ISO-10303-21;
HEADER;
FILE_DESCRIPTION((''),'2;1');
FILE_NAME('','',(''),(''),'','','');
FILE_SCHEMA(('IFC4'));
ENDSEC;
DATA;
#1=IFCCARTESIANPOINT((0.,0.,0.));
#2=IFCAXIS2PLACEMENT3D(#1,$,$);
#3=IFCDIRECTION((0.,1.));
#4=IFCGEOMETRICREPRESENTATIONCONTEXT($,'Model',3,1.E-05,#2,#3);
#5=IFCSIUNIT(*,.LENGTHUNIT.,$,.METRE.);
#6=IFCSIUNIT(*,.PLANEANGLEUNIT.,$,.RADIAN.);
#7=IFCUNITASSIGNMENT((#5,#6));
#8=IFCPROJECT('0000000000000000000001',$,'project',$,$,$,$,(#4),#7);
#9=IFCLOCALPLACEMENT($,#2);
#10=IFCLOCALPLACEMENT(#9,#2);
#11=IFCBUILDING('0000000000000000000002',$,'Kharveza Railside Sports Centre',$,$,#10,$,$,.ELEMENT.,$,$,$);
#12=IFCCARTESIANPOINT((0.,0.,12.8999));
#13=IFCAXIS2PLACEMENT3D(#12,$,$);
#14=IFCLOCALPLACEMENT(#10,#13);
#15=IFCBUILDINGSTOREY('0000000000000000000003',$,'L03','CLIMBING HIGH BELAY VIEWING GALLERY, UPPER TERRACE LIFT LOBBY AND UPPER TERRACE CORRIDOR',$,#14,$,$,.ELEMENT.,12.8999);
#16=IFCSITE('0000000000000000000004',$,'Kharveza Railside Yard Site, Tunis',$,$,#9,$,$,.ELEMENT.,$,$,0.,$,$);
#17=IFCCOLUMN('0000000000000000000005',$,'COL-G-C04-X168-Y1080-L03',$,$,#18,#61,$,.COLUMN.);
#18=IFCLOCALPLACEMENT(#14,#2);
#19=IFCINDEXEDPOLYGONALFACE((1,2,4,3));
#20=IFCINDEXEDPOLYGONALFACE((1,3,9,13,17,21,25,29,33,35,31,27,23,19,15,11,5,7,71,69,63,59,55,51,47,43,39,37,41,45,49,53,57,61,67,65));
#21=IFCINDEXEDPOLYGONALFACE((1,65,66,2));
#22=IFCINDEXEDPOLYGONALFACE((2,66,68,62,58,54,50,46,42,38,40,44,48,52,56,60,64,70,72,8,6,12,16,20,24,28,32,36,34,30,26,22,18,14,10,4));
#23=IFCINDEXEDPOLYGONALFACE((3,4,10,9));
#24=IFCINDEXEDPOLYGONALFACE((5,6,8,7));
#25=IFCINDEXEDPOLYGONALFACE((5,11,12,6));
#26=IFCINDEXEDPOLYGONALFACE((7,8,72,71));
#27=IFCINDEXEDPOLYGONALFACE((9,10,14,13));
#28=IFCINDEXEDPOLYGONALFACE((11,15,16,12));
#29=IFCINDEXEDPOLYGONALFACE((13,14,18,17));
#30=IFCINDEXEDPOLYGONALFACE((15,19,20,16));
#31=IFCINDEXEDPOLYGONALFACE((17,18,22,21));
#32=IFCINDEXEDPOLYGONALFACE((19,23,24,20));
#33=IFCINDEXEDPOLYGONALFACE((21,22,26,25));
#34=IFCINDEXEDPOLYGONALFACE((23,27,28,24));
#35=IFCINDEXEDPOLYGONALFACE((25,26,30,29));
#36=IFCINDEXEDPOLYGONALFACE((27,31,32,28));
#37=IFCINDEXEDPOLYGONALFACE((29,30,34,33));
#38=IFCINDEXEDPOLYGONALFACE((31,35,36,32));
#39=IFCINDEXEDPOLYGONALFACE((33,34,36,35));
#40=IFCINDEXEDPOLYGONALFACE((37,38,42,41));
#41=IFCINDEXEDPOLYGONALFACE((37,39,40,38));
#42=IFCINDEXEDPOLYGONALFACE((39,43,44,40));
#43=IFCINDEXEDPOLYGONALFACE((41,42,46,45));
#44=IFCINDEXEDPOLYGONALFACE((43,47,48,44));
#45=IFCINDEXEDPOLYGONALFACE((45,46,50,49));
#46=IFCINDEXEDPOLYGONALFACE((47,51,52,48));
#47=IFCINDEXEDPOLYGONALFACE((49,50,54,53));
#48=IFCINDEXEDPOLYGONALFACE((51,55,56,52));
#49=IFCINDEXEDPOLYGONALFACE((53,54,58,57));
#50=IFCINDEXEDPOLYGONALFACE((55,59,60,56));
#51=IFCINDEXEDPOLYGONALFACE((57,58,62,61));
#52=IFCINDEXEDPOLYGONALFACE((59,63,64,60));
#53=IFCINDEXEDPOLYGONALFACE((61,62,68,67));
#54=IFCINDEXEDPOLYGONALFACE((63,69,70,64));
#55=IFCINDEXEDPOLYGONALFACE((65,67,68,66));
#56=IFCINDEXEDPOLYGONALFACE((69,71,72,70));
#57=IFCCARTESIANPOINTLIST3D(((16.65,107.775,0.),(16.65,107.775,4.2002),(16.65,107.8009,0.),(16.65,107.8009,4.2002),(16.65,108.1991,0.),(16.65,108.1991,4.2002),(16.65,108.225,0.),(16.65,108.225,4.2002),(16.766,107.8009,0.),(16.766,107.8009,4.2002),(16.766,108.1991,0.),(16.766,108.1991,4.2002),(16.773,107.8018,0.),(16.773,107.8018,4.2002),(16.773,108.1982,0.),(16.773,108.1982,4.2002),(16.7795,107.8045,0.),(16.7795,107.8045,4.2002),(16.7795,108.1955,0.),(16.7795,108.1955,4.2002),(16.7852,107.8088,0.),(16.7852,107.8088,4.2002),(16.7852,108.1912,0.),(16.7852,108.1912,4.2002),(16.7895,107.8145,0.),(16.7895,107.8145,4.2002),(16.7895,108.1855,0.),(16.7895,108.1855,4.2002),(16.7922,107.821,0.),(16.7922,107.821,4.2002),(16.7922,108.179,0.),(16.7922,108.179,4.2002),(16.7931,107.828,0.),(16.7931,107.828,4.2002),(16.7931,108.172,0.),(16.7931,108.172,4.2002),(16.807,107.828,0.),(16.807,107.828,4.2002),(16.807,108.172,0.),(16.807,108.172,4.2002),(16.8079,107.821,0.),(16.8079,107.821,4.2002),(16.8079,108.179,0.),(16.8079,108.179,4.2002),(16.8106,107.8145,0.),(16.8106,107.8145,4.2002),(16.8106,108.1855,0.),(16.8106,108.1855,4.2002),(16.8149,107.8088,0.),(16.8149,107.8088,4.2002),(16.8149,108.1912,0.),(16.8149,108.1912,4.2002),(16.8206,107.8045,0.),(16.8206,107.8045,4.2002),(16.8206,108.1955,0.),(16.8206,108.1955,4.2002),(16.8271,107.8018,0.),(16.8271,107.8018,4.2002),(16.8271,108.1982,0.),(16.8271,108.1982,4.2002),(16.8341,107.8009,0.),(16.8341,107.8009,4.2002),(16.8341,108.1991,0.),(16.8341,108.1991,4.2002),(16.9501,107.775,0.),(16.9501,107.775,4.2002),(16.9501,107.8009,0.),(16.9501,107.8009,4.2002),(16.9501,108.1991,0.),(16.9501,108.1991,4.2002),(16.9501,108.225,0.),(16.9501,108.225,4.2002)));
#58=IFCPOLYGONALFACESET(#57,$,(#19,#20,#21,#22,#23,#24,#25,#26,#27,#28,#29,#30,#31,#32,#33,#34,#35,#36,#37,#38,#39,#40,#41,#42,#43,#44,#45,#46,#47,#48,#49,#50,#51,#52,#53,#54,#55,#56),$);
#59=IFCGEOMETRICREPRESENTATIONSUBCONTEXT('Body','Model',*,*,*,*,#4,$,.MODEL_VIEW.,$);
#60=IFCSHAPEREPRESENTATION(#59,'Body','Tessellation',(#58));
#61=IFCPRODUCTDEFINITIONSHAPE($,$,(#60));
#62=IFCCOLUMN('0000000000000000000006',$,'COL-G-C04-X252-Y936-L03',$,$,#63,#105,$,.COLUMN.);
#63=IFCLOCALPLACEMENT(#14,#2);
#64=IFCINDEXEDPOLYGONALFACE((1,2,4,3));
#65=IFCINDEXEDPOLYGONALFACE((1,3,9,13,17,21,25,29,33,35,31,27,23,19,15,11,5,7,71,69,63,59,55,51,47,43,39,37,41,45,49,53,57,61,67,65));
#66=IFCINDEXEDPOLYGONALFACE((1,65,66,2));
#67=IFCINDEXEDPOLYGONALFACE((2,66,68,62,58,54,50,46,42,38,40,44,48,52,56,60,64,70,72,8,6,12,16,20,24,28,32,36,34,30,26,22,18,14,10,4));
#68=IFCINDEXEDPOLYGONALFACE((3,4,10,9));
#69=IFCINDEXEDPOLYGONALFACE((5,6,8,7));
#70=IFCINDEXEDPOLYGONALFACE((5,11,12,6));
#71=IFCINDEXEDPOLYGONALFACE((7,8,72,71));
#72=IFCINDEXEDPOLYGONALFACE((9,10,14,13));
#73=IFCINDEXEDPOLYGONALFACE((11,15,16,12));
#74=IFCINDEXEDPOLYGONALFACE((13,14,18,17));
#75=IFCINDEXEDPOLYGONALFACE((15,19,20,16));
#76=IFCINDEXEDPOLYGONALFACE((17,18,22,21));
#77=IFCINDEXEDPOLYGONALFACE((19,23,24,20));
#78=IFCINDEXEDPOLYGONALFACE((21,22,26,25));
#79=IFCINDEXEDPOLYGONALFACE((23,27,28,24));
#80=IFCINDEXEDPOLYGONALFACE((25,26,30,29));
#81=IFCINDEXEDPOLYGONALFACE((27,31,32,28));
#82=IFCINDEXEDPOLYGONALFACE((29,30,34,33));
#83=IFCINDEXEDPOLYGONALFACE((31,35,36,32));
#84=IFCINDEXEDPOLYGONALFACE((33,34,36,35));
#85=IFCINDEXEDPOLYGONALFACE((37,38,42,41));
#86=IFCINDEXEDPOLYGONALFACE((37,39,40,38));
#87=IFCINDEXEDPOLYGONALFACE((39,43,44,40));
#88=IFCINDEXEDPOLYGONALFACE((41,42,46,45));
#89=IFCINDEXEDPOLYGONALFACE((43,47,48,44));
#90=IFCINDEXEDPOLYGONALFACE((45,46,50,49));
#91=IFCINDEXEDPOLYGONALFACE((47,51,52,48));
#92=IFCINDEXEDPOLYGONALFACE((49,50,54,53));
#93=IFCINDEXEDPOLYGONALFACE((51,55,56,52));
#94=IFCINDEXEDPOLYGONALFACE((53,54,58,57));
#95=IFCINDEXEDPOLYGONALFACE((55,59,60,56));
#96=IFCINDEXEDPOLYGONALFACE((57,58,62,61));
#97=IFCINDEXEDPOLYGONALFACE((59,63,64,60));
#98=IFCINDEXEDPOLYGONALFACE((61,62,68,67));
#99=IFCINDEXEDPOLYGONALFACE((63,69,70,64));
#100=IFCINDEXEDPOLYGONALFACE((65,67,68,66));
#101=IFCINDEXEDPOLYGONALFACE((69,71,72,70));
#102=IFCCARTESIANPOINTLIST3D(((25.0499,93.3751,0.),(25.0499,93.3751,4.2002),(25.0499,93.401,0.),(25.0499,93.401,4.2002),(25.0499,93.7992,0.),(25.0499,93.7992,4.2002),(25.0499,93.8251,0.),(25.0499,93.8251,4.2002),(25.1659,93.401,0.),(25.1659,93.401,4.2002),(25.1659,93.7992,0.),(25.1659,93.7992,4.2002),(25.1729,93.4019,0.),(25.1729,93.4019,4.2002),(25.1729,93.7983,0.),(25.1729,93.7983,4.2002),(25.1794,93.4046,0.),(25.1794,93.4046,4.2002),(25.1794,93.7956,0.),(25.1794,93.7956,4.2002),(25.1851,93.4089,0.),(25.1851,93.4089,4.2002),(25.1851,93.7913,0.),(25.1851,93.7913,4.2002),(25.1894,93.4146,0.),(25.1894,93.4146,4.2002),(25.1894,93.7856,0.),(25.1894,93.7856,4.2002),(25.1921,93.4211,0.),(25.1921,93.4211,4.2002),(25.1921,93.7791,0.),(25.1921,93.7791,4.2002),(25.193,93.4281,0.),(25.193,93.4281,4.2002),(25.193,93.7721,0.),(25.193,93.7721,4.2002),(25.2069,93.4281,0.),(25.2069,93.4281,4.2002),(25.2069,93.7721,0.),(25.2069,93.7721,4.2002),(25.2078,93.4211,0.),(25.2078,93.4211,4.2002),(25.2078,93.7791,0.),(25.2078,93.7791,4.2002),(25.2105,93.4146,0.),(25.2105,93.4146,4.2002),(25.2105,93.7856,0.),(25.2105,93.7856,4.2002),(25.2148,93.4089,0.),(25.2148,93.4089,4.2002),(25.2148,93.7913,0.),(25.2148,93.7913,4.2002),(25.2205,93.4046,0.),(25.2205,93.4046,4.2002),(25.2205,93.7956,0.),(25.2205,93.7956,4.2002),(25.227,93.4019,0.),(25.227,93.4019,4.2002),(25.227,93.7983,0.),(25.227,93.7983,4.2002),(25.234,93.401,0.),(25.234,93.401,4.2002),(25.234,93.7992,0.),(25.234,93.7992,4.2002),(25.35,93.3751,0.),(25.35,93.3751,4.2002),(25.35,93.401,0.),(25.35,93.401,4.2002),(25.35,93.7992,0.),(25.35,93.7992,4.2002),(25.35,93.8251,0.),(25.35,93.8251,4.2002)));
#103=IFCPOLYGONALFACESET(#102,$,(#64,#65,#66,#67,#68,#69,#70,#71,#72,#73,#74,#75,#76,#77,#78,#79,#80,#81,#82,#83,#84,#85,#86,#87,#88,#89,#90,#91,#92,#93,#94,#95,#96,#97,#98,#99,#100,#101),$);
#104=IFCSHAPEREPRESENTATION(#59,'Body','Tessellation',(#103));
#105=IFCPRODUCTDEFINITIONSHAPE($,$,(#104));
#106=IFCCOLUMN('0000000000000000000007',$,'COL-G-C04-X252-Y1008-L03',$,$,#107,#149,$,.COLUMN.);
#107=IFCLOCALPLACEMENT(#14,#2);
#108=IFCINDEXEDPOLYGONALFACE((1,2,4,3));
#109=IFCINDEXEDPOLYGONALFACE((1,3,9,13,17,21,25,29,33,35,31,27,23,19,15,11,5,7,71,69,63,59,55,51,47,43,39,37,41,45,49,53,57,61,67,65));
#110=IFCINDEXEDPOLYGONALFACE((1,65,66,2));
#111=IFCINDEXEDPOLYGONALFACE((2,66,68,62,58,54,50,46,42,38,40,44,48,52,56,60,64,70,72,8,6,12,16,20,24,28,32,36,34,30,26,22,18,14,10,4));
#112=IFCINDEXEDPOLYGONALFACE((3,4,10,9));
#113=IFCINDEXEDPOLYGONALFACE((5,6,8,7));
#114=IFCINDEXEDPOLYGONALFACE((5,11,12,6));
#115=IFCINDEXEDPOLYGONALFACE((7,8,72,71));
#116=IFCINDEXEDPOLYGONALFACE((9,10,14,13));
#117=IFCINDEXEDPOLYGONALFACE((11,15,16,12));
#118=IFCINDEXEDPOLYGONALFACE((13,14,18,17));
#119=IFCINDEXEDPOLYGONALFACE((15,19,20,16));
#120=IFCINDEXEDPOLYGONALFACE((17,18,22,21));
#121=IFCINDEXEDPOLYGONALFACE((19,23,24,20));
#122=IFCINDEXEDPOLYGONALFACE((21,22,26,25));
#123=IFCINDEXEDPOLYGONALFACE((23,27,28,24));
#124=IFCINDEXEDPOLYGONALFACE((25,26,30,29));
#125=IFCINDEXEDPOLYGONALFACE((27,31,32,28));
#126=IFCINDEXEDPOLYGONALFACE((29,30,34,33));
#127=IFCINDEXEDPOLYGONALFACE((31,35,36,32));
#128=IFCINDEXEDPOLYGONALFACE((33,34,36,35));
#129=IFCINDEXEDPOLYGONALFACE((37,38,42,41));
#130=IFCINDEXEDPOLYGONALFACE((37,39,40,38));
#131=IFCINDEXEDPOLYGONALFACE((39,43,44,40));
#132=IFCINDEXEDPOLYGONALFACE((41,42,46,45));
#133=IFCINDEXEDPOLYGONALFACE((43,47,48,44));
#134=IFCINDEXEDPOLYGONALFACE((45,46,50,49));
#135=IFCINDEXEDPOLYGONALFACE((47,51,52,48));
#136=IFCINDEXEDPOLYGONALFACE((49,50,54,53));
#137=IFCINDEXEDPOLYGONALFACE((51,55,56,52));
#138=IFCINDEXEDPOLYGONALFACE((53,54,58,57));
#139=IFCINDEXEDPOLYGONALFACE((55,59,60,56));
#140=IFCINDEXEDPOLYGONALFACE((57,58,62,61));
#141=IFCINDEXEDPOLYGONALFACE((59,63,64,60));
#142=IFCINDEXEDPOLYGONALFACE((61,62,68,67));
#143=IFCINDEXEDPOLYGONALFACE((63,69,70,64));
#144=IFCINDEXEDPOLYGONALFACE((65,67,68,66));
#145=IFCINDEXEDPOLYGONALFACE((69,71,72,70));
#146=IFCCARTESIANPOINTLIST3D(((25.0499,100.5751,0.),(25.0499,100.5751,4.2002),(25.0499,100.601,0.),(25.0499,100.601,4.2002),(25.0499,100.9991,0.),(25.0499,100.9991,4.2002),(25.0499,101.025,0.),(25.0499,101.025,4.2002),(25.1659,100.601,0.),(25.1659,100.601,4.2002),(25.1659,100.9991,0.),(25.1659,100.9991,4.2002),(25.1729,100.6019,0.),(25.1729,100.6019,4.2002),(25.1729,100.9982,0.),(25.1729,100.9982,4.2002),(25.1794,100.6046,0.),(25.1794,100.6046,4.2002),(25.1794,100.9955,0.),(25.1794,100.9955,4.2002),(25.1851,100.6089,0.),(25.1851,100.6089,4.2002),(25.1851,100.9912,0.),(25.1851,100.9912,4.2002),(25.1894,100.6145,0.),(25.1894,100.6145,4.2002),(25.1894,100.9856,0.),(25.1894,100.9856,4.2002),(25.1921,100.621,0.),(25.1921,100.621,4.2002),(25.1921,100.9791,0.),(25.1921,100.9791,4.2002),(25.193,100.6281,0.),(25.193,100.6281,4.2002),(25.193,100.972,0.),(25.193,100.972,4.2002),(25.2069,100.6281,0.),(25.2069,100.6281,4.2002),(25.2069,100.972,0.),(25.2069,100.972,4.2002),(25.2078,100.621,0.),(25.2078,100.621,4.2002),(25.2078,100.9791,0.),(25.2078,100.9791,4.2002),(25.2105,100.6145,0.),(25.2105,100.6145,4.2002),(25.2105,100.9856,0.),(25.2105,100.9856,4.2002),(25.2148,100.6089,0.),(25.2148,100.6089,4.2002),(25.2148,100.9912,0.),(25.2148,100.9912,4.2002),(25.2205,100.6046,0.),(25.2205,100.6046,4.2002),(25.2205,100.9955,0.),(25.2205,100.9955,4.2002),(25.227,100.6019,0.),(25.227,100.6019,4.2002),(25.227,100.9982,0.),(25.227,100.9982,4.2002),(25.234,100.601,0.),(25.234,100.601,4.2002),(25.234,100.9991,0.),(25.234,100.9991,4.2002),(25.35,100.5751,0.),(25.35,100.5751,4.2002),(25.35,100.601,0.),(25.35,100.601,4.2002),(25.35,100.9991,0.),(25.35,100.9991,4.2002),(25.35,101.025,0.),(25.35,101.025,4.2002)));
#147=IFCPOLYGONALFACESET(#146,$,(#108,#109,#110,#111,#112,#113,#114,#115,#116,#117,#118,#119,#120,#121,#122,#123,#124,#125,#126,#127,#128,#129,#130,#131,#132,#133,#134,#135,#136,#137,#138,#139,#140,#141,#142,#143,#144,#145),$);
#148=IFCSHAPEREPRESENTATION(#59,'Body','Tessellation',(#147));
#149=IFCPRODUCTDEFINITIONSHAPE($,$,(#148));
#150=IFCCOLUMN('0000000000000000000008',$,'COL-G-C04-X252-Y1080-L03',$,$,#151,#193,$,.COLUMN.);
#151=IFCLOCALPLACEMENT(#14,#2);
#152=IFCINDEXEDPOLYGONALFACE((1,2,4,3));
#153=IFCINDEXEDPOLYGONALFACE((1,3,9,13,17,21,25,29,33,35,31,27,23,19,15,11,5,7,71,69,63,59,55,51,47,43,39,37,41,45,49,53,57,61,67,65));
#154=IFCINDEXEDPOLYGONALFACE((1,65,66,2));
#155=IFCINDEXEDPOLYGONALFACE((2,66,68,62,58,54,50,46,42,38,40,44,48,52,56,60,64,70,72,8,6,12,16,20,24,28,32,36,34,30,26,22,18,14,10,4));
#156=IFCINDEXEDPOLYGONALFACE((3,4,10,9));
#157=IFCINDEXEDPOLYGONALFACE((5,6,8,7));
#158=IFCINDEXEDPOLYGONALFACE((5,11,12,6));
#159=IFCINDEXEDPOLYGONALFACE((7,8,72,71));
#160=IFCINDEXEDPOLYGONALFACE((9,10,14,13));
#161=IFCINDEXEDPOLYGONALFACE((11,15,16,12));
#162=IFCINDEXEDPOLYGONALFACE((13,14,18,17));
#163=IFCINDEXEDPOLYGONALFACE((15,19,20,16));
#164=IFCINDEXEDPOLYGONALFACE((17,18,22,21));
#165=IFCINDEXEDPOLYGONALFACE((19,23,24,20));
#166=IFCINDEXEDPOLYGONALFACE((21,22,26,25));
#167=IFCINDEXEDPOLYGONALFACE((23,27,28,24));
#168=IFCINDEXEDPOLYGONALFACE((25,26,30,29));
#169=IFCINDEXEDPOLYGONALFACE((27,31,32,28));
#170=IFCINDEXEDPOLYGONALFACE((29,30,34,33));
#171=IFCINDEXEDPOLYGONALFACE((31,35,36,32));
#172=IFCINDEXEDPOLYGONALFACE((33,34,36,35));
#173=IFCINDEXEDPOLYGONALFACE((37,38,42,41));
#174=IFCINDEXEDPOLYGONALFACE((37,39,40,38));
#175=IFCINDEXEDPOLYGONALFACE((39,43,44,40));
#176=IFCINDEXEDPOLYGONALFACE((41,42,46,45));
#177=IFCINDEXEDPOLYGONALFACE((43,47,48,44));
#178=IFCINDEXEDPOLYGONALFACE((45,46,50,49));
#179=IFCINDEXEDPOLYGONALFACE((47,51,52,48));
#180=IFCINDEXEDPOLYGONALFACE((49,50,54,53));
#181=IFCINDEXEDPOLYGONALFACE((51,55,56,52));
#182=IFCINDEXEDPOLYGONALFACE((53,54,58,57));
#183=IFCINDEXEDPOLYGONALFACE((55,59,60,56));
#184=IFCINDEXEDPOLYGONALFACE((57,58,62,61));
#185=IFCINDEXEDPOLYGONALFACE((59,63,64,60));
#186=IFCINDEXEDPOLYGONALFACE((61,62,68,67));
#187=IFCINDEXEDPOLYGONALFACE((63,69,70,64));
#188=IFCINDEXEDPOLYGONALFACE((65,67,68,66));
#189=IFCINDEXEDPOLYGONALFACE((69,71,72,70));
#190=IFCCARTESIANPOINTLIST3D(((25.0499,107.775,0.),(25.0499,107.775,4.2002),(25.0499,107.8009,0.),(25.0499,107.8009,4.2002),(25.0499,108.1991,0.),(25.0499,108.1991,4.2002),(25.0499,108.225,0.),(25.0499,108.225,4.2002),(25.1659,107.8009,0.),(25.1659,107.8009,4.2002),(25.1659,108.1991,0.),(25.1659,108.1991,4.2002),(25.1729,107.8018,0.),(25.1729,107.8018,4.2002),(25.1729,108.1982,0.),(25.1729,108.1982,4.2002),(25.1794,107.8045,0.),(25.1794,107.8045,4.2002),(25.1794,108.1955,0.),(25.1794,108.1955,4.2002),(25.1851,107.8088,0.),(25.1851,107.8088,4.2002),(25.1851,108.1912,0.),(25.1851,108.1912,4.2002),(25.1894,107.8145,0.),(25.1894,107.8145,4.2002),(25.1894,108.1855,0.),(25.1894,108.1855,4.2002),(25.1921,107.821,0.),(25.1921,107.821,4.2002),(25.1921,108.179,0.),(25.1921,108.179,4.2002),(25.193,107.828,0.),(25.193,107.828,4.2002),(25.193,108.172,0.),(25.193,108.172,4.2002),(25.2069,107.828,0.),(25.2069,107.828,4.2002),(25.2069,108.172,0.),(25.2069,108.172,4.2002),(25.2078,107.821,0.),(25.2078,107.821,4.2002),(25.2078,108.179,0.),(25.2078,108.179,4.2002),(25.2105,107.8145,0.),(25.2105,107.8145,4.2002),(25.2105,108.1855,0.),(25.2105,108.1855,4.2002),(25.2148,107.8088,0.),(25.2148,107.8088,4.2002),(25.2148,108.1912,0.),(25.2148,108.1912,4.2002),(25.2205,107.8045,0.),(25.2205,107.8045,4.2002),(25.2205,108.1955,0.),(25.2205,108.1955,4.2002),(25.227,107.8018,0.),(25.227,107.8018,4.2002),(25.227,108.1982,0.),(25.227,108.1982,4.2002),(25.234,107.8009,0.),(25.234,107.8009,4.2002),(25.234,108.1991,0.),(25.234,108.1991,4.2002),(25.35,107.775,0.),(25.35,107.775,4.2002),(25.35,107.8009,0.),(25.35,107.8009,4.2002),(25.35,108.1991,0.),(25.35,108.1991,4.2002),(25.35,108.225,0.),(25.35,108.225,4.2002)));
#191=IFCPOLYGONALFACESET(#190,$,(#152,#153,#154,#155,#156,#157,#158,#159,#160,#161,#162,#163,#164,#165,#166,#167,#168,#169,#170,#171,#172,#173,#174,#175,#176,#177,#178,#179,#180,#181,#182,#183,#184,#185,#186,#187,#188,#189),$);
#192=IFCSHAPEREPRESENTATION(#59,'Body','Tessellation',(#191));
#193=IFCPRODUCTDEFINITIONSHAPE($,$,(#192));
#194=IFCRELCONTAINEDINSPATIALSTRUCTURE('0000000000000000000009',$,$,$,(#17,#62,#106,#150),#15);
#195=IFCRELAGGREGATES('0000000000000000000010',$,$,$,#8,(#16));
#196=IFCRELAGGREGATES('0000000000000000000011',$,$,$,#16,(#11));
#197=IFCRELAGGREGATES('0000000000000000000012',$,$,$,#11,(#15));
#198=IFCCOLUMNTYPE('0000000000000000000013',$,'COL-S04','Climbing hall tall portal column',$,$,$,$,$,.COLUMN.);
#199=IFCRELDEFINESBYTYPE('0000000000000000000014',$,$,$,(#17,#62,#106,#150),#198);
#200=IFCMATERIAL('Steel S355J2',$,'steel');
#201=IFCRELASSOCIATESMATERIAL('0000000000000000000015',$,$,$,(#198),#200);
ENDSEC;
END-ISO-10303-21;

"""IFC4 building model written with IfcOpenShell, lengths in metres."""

from ifc_helpers import new_model, si_unit, direction, frame, origin, origin_2d, place, context, subcontext, project, spatial, i_section, extrude, material, material_profile, profile_set, type_object, element, save


model = new_model("IFC4")

# Units and contexts
model_context = context("Model", 3, precision=1e-05, world=origin(), true_north=direction((0.0, 1.0)))
body_context = subcontext(model_context, "Body", "Model", "MODEL_VIEW")
ifc_project = project(units=[si_unit("LENGTHUNIT", "METRE"), si_unit("PLANEANGLEUNIT", "RADIAN")], contexts=[model_context])

# Site, building, storey
site_placement = place(None, origin())
site = spatial("IfcSite", under=ifc_project, at=site_placement, Name="Kharveza Railside Yard Site, Tunis", CompositionType="ELEMENT", RefElevation=0.0)
building_placement = place(site_placement, origin())
building = spatial("IfcBuilding", under=site, at=building_placement, Name="Kharveza Railside Sports Centre", CompositionType="ELEMENT")
storey_placement = place(building_placement, frame((0.0, 0.0, 12.8999)))
storey = spatial("IfcBuildingStorey", under=building, at=storey_placement, Name="L03", Description="CLIMBING HIGH BELAY VIEWING GALLERY, UPPER TERRACE LIFT LOBBY AND UPPER TERRACE CORRIDOR", CompositionType="ELEMENT", Elevation=12.8999)

# Columns
ifc_material_1 = material(Name="Steel S355J2", Category="steel")
ifc_material_profile_1 = material_profile(ifc_material_1, i_section(OverallWidth=0.3, OverallDepth=0.45, WebThickness=0.0139, FlangeThickness=0.0259, FilletRadius=0.0271, at=origin_2d()), Name="HEB 450")
ifc_profile_set_1 = profile_set([ifc_material_profile_1], Name="Steel S355J2")
column_type = type_object("IfcColumnType", Name="COL-S04", Description="Climbing hall tall portal column", PredefinedType="COLUMN", material=ifc_profile_set_1)
for number, where, z_axis, x_axis, name in (
    (1, (16.8, 108.0, 0.0), (0.0, 0.0, 1.0), (1.0, 0.0, 0.0), "COL-G-C04-X168-Y1080-L03"),
    (2, (25.2, 93.6001, 0.0), (0.0, 0.0, 1.0), (1.0, 0.0, 0.0), "COL-G-C04-X252-Y936-L03"),
    (3, (25.2, 100.8, 0.0), (0.0, 0.0, 1.0), (1.0, 0.0, 0.0), "COL-G-C04-X252-Y1008-L03"),
    (4, (25.2, 108.0, 0.0), (0.0, 0.0, 1.0), (1.0, 0.0, 0.0), "COL-G-C04-X252-Y1080-L03"),
):
    element("IfcColumn", number, at=place(storey_placement, frame(where, z_axis=z_axis, x_axis=x_axis)), inside=storey, type_object=column_type, Name=name, PredefinedType="COLUMN", context=body_context, shape_type="SweptSolid", body=[
        extrude(i_section(OverallWidth=0.3, OverallDepth=0.45, WebThickness=0.0139, FlangeThickness=0.0259, FilletRadius=0.0271, at=origin_2d()), origin(), (0.0, 0.0, 1.0), 4.2002),
    ])

save(model, "model.ifc")
